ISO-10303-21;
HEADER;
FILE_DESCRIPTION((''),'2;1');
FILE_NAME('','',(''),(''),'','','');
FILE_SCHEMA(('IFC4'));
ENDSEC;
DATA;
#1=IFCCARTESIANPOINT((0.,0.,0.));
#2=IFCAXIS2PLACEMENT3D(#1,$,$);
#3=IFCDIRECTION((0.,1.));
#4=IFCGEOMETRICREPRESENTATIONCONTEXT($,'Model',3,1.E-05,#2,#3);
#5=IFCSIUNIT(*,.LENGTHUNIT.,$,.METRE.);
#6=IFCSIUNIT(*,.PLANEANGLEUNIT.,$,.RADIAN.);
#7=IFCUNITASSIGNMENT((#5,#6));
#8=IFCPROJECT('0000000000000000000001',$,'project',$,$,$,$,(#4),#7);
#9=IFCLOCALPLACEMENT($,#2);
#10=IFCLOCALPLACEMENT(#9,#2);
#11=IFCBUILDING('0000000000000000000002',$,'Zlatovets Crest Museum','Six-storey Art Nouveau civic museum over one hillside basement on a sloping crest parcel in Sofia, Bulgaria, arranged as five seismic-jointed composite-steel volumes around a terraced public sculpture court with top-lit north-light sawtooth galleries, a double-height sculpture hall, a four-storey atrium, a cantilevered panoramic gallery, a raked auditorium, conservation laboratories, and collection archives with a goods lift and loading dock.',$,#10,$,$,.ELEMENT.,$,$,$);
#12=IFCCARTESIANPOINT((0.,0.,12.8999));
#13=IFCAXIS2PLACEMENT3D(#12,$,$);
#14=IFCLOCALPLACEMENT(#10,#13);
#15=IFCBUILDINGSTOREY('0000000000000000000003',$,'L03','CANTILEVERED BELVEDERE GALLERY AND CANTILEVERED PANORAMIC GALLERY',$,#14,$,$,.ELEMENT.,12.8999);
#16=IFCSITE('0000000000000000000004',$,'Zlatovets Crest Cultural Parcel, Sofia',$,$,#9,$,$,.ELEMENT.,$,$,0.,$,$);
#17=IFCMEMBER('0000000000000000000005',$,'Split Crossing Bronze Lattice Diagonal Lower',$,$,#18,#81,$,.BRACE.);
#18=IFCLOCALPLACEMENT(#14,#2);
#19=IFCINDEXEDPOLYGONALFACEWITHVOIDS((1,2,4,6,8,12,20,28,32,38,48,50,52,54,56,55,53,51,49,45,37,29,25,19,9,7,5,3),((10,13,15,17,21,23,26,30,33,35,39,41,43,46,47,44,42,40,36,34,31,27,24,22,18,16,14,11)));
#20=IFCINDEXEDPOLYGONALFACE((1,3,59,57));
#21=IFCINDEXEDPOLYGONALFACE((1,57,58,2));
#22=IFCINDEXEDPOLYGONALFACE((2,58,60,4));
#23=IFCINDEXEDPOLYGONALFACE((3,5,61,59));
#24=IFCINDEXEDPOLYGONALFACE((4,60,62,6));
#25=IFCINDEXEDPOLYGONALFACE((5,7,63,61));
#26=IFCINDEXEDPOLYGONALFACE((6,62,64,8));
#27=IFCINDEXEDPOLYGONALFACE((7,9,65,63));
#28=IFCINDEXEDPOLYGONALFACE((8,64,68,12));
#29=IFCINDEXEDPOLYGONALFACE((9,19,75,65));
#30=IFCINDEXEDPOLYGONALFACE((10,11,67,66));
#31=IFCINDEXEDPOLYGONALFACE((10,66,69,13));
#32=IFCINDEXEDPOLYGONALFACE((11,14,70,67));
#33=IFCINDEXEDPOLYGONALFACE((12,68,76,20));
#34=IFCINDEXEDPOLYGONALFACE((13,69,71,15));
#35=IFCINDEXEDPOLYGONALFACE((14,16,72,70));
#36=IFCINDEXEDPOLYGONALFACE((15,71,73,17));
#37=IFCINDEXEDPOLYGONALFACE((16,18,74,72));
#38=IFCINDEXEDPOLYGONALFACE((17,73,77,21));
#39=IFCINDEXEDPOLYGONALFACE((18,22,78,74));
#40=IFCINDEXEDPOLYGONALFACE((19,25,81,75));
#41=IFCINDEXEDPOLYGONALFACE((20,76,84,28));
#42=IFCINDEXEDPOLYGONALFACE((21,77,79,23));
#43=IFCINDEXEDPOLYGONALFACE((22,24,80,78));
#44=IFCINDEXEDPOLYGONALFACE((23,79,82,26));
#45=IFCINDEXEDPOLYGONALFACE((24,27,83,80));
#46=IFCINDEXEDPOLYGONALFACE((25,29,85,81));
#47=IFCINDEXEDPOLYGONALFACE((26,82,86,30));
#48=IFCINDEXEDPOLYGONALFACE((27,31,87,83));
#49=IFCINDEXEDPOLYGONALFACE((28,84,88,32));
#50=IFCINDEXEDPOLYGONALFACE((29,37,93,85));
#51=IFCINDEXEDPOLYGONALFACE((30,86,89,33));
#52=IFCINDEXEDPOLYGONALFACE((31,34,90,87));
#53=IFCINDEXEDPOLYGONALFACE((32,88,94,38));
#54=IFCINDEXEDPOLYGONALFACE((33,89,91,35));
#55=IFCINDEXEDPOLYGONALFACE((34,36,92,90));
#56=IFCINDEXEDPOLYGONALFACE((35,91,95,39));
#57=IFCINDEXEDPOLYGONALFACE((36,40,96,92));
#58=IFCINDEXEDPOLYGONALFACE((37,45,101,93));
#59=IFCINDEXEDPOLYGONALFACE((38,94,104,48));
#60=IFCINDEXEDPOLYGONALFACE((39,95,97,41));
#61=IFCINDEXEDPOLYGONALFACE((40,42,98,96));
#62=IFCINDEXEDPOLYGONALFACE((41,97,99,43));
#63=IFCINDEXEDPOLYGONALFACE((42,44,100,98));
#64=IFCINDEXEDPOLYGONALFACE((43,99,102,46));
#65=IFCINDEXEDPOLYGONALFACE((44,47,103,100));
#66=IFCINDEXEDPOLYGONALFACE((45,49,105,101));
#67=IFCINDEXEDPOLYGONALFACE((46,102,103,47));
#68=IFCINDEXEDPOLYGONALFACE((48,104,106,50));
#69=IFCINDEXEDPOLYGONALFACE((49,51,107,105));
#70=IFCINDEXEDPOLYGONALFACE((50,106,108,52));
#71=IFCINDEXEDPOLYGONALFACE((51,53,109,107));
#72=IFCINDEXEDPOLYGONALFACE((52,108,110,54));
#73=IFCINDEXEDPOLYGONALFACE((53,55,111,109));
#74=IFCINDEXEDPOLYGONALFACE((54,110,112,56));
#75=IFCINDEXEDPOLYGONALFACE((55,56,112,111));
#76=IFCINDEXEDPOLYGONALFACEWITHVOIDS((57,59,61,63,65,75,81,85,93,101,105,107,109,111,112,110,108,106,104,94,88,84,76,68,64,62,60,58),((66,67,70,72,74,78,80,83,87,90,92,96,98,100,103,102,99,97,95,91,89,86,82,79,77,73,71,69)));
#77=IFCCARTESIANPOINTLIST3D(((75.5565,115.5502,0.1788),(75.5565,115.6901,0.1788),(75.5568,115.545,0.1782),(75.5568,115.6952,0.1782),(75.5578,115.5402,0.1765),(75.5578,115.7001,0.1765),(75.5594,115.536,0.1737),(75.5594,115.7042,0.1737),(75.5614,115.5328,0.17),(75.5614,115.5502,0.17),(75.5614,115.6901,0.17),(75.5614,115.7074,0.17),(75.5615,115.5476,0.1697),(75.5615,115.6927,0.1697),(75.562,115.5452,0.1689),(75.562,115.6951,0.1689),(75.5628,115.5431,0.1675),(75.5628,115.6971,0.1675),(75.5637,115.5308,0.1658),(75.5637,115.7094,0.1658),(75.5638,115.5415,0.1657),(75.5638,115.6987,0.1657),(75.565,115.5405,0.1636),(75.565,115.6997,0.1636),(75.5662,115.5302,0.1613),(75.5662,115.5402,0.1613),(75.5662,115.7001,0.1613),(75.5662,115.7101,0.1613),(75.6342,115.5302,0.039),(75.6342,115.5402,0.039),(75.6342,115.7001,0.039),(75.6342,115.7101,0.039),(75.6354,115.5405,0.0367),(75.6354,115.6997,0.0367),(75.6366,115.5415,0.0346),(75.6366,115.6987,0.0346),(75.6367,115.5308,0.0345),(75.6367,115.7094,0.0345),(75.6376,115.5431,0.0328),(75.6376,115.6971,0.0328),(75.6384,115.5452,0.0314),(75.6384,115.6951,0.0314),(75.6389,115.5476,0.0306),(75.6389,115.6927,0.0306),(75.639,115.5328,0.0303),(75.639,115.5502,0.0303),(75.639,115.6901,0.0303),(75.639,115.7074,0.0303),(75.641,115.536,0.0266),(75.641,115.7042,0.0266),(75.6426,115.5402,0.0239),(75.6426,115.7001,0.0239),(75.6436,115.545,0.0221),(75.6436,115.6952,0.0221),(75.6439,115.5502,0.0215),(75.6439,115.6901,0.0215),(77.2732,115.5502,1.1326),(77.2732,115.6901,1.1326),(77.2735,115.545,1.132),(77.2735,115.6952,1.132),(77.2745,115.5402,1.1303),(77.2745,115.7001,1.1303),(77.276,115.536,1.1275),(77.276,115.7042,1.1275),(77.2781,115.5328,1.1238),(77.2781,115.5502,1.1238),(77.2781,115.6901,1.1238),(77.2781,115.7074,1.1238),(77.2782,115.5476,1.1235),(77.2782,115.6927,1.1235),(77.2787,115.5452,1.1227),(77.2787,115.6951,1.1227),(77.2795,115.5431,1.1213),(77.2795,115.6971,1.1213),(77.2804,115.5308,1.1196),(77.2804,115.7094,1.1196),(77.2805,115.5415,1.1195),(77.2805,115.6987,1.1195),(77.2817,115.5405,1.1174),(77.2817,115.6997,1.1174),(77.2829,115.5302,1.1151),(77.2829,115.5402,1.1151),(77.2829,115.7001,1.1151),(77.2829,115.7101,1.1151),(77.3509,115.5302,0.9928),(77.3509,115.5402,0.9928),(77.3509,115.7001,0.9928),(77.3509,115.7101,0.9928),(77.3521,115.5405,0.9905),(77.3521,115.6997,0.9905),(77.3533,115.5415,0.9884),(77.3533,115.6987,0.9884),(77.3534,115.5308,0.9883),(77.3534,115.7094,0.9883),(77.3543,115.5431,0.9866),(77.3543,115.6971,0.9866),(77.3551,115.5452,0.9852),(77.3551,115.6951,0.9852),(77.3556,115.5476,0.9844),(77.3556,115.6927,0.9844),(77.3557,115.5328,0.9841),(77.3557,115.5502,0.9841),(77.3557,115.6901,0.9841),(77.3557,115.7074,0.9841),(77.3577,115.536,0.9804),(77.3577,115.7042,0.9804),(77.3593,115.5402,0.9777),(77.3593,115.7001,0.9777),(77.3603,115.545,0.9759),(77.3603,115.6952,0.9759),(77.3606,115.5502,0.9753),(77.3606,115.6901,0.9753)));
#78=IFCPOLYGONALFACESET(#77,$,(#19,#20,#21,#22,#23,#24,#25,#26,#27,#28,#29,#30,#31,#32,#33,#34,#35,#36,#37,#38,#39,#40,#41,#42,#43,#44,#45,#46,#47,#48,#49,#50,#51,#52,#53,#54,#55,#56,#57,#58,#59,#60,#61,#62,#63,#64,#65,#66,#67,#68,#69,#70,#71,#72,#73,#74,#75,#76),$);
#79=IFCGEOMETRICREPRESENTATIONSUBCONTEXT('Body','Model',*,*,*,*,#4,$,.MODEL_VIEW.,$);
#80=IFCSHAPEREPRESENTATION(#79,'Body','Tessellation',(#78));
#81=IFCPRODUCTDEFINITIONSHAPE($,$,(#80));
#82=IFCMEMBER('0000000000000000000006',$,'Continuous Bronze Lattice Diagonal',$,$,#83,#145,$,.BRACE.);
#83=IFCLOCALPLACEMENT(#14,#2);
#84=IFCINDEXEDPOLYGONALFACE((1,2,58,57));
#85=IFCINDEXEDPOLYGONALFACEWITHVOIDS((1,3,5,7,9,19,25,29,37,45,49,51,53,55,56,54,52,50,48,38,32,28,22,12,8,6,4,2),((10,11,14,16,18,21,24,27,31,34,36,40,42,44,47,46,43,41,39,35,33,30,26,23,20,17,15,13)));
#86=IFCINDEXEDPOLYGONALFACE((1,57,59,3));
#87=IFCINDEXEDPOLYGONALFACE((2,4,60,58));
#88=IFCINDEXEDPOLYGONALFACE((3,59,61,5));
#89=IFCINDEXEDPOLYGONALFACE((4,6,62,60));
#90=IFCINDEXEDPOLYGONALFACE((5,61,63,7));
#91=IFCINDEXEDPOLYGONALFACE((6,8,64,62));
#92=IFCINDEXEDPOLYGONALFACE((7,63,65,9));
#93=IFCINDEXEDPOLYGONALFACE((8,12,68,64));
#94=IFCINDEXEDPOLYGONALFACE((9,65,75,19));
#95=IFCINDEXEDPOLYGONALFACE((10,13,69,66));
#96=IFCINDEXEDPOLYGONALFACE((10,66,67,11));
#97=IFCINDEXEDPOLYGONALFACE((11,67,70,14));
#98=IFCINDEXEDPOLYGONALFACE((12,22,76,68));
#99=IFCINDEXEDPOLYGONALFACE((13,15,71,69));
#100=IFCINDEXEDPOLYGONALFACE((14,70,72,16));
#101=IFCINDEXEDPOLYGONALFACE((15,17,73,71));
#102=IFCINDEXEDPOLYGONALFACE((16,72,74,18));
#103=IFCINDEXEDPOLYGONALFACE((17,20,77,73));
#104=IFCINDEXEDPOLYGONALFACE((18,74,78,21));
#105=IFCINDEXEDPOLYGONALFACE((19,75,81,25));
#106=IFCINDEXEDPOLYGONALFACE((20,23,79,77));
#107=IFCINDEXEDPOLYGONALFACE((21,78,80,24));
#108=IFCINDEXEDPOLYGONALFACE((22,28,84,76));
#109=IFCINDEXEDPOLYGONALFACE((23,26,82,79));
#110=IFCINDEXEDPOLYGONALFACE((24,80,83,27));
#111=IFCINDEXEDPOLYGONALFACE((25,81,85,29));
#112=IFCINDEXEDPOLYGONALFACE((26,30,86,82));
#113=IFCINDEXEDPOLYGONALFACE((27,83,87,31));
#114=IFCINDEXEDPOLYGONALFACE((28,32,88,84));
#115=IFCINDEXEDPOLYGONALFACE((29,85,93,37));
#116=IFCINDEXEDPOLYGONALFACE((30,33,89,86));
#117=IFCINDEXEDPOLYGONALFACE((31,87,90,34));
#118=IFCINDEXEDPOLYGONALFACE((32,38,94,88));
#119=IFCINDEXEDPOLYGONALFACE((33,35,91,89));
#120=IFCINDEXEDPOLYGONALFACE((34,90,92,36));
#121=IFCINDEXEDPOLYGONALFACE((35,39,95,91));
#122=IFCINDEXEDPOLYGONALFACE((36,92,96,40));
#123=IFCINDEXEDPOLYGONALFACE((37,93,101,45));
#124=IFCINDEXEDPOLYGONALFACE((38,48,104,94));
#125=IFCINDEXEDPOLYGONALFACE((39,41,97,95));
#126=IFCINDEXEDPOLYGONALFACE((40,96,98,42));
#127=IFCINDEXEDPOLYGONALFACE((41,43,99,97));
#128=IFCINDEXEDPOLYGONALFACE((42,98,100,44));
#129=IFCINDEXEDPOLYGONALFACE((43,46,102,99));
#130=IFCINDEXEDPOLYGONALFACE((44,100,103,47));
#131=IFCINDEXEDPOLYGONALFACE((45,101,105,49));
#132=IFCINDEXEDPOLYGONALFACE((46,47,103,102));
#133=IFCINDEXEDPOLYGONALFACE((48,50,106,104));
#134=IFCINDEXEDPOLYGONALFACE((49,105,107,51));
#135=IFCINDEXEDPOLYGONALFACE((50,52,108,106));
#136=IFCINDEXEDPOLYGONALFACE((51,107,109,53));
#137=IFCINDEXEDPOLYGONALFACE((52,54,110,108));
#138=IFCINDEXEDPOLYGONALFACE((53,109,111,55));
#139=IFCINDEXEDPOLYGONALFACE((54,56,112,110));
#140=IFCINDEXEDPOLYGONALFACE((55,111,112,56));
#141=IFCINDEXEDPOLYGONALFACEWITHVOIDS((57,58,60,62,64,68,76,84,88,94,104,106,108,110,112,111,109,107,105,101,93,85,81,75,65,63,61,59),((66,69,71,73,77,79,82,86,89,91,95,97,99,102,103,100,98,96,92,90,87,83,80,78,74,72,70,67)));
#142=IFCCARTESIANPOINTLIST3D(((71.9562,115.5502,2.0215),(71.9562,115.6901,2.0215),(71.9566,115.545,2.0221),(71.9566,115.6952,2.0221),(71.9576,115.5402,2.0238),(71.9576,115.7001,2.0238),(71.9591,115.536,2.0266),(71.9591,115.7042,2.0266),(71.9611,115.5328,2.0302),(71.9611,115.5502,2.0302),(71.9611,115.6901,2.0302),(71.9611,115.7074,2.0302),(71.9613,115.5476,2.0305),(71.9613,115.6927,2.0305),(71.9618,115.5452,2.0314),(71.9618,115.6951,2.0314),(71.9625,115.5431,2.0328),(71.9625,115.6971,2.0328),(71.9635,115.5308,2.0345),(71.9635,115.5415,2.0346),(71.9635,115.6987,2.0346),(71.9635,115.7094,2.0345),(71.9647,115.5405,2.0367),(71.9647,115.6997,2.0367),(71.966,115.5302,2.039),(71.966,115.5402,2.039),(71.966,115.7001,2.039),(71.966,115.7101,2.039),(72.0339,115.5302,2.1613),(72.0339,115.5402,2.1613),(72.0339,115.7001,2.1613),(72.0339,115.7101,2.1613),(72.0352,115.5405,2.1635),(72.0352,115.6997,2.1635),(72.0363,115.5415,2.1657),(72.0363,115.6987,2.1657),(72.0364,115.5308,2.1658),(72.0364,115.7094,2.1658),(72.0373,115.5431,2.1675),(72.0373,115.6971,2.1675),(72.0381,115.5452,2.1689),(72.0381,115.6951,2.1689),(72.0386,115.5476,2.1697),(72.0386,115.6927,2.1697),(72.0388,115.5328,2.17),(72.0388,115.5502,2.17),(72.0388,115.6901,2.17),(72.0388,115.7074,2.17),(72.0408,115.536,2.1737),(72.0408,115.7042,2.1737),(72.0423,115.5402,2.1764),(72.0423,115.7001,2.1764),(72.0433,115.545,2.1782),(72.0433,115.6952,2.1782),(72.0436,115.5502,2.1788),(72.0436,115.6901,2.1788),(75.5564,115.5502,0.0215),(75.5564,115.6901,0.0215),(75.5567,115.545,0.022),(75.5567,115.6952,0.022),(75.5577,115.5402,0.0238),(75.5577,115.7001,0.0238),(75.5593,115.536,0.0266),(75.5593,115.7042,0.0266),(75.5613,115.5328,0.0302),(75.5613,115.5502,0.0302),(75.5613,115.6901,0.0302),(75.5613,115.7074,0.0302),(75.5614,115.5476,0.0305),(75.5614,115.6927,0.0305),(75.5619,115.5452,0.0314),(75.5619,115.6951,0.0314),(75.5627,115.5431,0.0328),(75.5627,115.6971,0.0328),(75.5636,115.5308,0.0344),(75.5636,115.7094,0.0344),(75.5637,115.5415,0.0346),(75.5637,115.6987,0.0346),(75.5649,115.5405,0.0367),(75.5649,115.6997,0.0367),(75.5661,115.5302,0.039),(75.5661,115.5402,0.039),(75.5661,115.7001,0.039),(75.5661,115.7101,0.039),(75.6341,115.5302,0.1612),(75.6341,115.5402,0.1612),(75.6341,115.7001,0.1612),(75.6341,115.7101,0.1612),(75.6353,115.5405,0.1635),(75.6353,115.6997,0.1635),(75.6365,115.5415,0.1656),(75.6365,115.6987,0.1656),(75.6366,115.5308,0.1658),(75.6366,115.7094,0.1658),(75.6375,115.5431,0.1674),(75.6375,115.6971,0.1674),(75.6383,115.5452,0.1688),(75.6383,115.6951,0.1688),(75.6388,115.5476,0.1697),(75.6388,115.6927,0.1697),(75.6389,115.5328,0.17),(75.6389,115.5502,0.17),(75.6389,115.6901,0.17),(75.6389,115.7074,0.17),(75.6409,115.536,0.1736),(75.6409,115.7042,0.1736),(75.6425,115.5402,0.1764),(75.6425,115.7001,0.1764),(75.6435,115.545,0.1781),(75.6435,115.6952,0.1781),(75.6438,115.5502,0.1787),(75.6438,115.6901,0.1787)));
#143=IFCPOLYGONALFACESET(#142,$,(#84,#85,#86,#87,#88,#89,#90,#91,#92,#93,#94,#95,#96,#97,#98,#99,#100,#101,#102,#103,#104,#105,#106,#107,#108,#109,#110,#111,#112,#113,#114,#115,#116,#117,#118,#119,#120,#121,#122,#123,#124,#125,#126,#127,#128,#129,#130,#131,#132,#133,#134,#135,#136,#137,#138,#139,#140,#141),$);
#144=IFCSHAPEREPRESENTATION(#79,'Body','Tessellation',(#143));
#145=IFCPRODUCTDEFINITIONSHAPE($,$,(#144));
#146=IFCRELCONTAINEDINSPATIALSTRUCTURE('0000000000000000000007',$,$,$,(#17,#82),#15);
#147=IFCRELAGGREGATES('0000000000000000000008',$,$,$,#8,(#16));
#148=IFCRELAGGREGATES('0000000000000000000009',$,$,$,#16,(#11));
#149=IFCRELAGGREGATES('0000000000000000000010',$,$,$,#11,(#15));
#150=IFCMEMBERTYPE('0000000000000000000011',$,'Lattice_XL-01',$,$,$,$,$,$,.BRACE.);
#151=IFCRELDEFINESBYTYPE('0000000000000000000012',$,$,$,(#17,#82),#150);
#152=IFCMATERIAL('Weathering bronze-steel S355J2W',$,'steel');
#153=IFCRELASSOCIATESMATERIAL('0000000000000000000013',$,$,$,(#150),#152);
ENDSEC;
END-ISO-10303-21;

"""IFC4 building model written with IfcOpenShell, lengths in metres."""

from ifc_helpers import new_model, si_unit, direction, frame, origin, origin_2d, place, context, subcontext, project, spatial, hollow_rectangle, extrude, material, material_profile, profile_set, type_object, element, save


model = new_model("IFC4")

# Units and contexts
model_context = context("Model", 3, precision=1e-05, world=origin(), true_north=direction((0.0, 1.0)))
body_context = subcontext(model_context, "Body", "Model", "MODEL_VIEW")
ifc_project = project(units=[si_unit("LENGTHUNIT", "METRE"), si_unit("PLANEANGLEUNIT", "RADIAN")], contexts=[model_context])

# Site, building, storey
site_placement = place(None, origin())
site = spatial("IfcSite", under=ifc_project, at=site_placement, Name="Zlatovets Crest Cultural Parcel, Sofia", CompositionType="ELEMENT", RefElevation=0.0)
building_placement = place(site_placement, origin())
building = spatial("IfcBuilding", under=site, at=building_placement, Name="Zlatovets Crest Museum", Description="Six-storey Art Nouveau civic museum over one hillside basement on a sloping crest parcel in Sofia, Bulgaria, arranged as five seismic-jointed composite-steel volumes around a terraced public sculpture court with top-lit north-light sawtooth galleries, a double-height sculpture hall, a four-storey atrium, a cantilevered panoramic gallery, a raked auditorium, conservation laboratories, and collection archives with a goods lift and loading dock.", CompositionType="ELEMENT")
storey_placement = place(building_placement, frame((0.0, 0.0, 12.8999)))
storey = spatial("IfcBuildingStorey", under=building, at=storey_placement, Name="L03", Description="CANTILEVERED BELVEDERE GALLERY AND CANTILEVERED PANORAMIC GALLERY", CompositionType="ELEMENT", Elevation=12.8999)

# Members
ifc_material_1 = material(Name="Weathering bronze-steel S355J2W", Category="steel")
ifc_material_profile_1 = material_profile(ifc_material_1, hollow_rectangle(XDim=0.1799, YDim=0.1799, WallThickness=0.01, InnerFilletRadius=0.01, OuterFilletRadius=0.02, at=origin_2d()), Name="SHS 180x180x10.0")
ifc_profile_set_1 = profile_set([ifc_material_profile_1], Name="Weathering bronze-steel S355J2W")
member_type_1 = type_object("IfcMemberType", Name="Lattice_XL-01", PredefinedType="BRACE", material=ifc_profile_set_1)
member_1_placement = place(storey_placement, frame((77.3169, 115.6201, 1.054), z_axis=(-0.87414, 0.0, -0.485675), x_axis=(0.0, -1.0, 0.0)))
element("IfcMember", 1, at=member_1_placement, inside=storey, type_object=member_type_1, Name="Split Crossing Bronze Lattice Diagonal Lower", PredefinedType="BRACE", context=body_context, shape_type="SweptSolid", body=[
    extrude(hollow_rectangle(XDim=0.1799, YDim=0.1799, WallThickness=0.01, InnerFilletRadius=0.01, OuterFilletRadius=0.02, at=origin_2d()), origin(), (0.0, 0.0, 1.0), 1.9639),
])
member_2_placement = place(storey_placement, frame((75.6001, 115.6201, 0.1001), z_axis=(-0.874163, 0.0, 0.485633), x_axis=(0.0, -1.0, 0.0)))
element("IfcMember", 2, at=member_2_placement, inside=storey, type_object=member_type_1, Name="Continuous Bronze Lattice Diagonal", PredefinedType="BRACE", context=body_context, shape_type="SweptSolid", body=[
    extrude(hollow_rectangle(XDim=0.1799, YDim=0.1799, WallThickness=0.01, InnerFilletRadius=0.01, OuterFilletRadius=0.02, at=origin_2d()), origin(), (0.0, 0.0, 1.0), 4.1184),
])

save(model, "model.ifc")
